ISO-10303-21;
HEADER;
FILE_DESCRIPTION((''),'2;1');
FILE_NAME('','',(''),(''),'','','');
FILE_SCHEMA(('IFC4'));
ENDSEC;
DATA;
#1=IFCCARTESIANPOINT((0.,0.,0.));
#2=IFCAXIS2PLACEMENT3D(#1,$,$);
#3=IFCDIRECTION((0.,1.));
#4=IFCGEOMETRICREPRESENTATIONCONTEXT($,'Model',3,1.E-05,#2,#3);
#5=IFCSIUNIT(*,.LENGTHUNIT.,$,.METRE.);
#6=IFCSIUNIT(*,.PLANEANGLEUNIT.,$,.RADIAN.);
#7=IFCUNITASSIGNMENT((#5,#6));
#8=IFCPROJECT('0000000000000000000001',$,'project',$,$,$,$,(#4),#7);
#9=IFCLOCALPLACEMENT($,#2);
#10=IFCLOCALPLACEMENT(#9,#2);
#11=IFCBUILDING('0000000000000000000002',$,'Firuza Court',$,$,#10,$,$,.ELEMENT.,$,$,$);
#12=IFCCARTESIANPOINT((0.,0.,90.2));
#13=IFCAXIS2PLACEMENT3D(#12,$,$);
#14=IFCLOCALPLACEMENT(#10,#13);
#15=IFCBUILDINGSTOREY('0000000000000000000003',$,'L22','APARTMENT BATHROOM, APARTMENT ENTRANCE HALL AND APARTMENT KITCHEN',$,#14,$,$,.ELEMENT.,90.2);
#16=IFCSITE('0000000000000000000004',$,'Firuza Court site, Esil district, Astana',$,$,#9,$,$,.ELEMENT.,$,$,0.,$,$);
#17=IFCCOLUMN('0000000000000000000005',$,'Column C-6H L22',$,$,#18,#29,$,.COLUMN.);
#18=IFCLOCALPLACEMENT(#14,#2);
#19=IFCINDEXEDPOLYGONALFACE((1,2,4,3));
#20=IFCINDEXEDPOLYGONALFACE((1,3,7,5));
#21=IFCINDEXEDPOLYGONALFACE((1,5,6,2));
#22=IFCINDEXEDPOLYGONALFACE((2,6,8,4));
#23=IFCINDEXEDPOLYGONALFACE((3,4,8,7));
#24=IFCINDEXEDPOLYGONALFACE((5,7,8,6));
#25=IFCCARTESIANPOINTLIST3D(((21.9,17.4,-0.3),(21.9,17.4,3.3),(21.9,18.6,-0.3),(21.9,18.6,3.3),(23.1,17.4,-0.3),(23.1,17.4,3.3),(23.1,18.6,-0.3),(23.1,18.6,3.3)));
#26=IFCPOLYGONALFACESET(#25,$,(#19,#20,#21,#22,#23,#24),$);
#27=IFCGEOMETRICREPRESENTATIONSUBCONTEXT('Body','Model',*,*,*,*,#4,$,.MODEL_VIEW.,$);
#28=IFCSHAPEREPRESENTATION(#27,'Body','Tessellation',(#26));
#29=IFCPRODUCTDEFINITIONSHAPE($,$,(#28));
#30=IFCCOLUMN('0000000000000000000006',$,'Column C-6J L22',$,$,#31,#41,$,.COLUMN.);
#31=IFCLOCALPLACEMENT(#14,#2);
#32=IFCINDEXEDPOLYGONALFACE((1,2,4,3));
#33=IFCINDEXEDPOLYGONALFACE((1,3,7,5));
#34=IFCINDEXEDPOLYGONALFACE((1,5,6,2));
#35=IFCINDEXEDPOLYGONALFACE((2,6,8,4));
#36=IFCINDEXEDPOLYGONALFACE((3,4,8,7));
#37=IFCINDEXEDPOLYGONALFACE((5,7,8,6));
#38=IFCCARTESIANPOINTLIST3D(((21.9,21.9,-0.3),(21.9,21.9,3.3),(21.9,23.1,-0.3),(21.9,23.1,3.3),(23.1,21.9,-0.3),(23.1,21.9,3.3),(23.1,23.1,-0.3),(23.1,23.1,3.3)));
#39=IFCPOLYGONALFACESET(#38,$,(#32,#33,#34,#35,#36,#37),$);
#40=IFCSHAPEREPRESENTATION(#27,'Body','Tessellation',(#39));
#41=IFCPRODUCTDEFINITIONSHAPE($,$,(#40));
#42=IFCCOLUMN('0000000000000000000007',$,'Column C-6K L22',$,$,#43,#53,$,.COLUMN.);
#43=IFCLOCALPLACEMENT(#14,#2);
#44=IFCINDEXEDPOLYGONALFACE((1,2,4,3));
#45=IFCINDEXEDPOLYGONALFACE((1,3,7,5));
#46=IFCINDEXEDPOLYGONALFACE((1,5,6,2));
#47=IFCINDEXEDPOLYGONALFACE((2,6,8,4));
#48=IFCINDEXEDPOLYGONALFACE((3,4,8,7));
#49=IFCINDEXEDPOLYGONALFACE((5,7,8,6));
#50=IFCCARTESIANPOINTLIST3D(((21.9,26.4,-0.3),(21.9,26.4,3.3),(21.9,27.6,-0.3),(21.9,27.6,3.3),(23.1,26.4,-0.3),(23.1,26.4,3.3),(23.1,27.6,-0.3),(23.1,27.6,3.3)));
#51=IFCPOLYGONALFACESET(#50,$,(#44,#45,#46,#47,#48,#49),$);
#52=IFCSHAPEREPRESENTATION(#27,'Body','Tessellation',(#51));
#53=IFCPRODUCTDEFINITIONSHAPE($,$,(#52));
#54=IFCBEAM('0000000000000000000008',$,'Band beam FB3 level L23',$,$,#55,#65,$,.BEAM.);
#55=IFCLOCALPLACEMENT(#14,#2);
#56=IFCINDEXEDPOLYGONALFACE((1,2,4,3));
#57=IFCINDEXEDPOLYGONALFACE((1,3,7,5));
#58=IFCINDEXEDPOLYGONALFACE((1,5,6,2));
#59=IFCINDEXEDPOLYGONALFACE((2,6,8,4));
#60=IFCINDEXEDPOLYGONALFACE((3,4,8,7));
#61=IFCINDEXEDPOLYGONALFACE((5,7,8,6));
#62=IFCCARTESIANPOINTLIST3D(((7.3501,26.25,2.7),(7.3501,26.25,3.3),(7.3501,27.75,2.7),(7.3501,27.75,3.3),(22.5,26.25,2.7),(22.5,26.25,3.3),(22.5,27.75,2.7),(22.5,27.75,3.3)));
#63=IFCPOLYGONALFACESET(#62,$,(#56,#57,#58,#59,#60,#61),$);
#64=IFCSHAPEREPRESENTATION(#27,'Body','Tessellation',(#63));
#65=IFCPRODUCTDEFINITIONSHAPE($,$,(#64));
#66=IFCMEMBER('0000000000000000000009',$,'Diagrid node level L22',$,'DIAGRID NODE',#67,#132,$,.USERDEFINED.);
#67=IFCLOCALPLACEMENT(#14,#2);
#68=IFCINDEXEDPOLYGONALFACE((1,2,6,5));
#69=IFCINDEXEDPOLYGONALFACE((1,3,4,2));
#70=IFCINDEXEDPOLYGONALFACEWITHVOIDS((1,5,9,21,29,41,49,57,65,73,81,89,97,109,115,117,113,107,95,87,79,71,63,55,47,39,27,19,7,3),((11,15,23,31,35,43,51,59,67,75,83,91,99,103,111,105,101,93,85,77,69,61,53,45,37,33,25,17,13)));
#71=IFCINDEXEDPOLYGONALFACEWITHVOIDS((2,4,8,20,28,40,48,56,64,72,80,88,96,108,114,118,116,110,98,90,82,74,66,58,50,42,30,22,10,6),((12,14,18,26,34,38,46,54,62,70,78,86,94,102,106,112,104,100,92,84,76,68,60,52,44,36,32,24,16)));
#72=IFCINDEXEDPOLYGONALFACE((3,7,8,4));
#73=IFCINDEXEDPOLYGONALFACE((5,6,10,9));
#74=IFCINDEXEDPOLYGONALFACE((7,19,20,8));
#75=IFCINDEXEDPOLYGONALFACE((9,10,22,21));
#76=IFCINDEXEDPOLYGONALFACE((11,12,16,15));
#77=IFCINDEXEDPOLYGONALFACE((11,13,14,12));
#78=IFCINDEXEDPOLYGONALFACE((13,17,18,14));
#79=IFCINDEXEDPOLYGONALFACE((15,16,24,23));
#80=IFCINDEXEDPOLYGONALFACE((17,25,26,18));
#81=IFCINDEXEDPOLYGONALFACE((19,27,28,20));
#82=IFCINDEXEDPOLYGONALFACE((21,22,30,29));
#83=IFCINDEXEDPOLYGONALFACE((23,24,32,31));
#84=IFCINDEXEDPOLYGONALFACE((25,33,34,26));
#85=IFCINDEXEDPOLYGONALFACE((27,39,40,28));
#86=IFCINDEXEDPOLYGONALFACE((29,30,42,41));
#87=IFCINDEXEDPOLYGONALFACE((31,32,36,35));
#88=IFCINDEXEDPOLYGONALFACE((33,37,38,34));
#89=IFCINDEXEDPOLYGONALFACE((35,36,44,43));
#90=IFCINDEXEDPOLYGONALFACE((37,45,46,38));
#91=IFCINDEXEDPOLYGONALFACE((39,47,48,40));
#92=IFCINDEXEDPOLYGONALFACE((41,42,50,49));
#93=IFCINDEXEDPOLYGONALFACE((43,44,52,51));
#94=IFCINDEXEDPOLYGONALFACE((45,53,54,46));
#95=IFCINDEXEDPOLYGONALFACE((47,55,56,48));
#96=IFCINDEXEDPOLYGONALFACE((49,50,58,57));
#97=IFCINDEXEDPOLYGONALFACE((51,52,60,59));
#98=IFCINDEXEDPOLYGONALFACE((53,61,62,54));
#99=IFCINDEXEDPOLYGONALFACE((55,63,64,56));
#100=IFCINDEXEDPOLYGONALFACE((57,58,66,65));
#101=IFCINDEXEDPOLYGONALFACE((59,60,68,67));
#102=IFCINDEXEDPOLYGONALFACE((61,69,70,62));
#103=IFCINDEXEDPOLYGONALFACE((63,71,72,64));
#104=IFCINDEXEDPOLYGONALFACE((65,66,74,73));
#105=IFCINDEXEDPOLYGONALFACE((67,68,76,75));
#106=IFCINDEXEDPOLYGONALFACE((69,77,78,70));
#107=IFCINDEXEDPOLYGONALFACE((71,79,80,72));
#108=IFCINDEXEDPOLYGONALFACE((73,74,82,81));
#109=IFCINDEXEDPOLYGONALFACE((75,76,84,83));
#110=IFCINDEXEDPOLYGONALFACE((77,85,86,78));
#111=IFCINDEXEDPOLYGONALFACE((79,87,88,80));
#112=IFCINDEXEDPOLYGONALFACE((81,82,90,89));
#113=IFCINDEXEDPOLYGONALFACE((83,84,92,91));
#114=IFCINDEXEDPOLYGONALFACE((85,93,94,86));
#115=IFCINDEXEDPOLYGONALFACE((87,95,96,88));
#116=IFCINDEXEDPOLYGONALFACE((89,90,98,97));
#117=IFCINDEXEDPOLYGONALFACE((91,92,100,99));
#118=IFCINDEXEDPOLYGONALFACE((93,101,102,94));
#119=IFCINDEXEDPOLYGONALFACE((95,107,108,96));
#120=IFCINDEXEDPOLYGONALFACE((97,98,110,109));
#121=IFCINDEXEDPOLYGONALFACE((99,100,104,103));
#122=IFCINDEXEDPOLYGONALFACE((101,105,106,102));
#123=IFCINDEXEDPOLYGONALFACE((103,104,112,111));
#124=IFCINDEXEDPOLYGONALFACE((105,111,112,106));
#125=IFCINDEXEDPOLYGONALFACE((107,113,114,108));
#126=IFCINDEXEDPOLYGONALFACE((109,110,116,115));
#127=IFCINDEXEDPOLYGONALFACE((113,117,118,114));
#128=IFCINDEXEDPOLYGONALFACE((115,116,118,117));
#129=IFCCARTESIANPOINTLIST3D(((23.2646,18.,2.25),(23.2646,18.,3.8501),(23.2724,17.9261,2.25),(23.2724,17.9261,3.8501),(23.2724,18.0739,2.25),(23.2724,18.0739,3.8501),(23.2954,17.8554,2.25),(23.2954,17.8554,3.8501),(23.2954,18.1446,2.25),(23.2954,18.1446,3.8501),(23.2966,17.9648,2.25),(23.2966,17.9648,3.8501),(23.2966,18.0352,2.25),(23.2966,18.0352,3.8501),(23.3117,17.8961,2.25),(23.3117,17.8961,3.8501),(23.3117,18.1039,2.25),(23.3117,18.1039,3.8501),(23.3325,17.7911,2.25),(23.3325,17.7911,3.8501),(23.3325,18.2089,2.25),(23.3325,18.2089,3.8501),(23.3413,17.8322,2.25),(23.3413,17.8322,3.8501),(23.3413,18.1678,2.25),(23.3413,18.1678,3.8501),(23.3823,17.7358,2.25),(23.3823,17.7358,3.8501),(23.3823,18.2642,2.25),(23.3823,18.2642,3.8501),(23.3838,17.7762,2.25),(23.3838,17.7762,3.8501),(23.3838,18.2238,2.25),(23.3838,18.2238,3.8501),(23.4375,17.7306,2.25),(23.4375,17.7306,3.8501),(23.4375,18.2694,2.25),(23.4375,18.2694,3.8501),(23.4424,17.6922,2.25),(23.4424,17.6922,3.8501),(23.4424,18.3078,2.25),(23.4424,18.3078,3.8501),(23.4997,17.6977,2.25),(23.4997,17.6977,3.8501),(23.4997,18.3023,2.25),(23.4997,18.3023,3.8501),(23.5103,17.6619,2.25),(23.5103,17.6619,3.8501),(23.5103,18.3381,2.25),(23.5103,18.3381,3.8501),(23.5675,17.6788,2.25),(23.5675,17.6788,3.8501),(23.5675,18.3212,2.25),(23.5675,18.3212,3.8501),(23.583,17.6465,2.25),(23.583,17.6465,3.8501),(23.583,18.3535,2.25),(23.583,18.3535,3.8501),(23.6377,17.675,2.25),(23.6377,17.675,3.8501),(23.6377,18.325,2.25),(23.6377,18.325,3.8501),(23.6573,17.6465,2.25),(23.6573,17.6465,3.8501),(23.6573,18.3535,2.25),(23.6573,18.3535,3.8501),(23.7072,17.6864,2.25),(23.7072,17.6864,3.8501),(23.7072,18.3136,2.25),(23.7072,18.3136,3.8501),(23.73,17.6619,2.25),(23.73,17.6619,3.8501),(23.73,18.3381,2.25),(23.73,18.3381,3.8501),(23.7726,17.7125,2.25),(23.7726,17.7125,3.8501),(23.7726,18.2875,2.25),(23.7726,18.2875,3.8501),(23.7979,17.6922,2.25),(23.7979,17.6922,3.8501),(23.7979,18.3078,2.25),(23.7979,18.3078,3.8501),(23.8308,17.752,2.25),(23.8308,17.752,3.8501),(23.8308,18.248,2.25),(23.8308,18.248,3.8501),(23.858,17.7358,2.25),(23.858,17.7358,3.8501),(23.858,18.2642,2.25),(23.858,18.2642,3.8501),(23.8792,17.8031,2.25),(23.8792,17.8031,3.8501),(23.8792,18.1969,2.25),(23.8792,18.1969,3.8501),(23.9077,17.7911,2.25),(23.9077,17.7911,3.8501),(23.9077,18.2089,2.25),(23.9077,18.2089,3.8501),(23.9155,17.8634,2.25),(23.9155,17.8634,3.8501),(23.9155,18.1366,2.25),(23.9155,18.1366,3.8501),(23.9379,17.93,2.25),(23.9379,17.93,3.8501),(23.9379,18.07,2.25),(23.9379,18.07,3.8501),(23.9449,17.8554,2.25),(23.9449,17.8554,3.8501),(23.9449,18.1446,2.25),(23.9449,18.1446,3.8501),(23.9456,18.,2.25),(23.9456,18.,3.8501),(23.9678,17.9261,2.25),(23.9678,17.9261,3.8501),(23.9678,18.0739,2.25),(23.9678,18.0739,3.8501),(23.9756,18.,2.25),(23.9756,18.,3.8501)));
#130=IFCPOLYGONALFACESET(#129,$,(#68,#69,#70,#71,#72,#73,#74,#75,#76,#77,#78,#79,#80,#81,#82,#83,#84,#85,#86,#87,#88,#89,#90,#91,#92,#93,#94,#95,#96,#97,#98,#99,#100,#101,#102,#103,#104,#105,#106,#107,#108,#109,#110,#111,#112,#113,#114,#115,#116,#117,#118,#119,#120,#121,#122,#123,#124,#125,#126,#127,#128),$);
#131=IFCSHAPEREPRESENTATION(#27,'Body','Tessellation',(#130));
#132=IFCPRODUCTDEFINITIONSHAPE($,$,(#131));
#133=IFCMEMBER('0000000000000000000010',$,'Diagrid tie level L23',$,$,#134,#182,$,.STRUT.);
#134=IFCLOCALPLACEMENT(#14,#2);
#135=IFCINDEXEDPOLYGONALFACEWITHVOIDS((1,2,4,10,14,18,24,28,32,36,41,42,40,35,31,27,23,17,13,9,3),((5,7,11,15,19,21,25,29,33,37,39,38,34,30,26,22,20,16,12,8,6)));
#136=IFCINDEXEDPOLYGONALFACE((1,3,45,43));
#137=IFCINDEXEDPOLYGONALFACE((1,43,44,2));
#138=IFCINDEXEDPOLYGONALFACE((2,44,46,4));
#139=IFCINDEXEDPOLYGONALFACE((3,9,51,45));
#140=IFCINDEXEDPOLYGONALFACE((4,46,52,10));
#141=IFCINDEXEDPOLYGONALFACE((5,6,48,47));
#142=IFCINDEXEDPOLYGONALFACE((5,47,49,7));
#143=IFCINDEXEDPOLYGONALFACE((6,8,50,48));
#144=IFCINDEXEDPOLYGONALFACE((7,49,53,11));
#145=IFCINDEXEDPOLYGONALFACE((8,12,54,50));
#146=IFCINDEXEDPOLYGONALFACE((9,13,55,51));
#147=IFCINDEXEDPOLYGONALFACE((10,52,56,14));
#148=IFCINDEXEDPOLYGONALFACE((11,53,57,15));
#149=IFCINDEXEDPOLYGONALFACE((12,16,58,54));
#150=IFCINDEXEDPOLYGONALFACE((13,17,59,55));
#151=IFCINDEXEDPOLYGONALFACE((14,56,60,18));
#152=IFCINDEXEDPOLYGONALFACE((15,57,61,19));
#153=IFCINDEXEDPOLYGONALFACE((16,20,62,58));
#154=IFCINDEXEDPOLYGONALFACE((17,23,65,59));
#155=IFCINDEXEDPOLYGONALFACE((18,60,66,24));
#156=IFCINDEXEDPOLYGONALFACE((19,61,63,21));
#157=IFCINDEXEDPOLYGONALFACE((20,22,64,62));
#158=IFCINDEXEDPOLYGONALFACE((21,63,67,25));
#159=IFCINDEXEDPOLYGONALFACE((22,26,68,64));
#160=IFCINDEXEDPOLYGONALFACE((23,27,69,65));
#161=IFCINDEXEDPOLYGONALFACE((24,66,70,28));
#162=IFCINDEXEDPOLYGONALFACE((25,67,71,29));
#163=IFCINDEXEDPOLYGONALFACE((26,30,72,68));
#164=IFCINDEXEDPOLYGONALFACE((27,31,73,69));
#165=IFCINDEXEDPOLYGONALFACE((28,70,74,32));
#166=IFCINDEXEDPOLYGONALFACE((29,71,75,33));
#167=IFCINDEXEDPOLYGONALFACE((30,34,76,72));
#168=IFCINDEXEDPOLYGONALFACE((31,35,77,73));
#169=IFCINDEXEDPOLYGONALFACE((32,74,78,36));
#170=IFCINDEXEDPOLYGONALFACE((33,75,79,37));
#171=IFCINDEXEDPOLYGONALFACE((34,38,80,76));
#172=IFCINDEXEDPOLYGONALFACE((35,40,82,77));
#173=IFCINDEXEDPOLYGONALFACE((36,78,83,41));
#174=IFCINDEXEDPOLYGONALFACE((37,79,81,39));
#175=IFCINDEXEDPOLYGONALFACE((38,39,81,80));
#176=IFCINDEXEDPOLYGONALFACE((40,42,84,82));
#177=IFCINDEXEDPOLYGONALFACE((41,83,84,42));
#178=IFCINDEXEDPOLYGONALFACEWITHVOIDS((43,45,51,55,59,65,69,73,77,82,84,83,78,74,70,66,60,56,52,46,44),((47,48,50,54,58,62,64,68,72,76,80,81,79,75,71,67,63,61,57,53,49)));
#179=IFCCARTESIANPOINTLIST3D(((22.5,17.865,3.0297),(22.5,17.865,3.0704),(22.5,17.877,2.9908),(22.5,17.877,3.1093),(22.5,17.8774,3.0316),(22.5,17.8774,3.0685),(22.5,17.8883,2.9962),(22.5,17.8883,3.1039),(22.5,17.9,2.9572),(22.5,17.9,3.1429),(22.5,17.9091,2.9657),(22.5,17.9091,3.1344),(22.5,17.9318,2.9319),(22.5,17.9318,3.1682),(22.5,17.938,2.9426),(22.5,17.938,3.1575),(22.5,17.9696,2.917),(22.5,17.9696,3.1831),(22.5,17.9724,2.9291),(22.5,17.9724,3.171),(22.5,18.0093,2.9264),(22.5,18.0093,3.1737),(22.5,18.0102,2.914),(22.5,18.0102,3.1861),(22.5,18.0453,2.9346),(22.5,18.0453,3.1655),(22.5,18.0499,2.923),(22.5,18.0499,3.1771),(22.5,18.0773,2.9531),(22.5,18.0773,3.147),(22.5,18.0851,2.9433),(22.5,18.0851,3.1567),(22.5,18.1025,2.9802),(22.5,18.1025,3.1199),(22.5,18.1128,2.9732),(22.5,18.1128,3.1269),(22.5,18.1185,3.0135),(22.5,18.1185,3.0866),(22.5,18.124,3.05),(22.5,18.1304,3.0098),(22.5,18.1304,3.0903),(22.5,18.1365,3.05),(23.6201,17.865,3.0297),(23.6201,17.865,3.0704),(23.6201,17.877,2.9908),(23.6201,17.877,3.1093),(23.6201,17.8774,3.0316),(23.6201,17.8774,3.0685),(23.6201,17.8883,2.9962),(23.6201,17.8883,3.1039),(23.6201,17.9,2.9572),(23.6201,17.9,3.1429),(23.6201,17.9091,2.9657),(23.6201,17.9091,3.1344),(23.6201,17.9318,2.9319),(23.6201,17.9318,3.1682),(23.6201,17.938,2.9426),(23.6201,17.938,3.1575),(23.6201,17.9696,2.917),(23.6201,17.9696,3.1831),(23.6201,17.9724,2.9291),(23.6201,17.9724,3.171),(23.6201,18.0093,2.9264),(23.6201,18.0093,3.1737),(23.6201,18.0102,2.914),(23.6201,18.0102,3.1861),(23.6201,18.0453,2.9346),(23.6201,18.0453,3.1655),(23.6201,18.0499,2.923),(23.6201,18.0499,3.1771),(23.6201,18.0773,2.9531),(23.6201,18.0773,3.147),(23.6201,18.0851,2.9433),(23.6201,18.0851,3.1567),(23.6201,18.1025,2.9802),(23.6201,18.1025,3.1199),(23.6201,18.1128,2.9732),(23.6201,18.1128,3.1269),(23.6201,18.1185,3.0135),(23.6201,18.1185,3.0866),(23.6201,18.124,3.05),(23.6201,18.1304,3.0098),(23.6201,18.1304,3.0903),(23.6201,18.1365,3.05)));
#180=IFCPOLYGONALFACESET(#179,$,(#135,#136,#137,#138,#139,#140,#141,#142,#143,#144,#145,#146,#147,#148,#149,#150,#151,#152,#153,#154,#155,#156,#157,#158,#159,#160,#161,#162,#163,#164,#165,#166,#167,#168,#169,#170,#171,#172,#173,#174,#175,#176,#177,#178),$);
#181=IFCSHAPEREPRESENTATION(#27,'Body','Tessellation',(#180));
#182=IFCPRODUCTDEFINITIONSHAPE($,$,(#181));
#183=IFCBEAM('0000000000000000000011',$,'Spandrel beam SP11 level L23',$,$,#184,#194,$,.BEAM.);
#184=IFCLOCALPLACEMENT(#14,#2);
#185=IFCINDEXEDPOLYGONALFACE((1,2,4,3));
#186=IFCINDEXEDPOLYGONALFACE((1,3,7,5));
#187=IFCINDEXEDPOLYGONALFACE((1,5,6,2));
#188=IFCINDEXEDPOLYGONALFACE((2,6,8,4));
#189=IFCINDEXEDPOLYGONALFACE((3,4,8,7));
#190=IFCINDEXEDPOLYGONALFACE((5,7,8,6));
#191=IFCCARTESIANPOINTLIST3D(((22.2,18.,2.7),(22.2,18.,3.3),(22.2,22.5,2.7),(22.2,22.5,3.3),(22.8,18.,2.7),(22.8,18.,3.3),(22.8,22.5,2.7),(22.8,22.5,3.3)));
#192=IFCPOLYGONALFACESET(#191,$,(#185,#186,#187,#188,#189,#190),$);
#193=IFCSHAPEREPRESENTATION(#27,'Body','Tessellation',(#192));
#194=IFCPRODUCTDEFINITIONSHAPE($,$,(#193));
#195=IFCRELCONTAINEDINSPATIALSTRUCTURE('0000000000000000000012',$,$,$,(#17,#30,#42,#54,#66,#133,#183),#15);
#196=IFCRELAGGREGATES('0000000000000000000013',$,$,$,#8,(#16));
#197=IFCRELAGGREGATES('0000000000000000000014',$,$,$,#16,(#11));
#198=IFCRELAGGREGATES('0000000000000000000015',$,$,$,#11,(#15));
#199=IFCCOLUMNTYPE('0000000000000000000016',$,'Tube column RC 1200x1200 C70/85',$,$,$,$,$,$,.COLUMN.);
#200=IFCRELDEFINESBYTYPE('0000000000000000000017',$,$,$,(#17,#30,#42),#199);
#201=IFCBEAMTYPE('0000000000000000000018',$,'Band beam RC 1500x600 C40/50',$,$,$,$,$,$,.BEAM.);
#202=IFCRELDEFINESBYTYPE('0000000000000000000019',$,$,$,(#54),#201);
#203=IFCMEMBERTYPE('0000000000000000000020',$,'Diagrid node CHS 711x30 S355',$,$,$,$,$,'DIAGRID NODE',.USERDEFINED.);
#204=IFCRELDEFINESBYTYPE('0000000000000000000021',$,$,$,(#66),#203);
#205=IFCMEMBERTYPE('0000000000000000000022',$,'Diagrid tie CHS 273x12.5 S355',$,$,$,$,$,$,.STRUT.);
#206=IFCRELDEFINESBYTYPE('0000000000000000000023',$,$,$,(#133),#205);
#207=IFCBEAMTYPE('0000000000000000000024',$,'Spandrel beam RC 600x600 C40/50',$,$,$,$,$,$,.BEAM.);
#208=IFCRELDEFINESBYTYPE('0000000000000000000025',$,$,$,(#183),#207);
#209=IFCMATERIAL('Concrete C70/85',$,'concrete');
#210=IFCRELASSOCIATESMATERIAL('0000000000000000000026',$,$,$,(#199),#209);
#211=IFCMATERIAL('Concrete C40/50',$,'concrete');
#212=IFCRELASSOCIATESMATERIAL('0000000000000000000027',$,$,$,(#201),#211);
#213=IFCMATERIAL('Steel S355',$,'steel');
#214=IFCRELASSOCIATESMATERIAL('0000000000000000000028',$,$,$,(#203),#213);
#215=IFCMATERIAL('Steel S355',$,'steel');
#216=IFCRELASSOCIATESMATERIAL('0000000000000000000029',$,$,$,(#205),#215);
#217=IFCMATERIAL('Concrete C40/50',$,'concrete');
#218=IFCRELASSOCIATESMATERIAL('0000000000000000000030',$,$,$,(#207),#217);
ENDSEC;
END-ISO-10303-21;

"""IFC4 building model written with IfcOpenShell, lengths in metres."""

from ifc_helpers import new_model, si_unit, direction, frame, origin, origin_2d, place, context, subcontext, project, spatial, rectangle, hollow_circle, extrude, material, material_profile, profile_set, type_object, element, save


model = new_model("IFC4")

# Units and contexts
model_context = context("Model", 3, precision=1e-05, world=origin(), true_north=direction((0.0, 1.0)))
body_context = subcontext(model_context, "Body", "Model", "MODEL_VIEW")
ifc_project = project(units=[si_unit("LENGTHUNIT", "METRE"), si_unit("PLANEANGLEUNIT", "RADIAN")], contexts=[model_context])

# Site, building, storey
site_placement = place(None, origin())
site = spatial("IfcSite", under=ifc_project, at=site_placement, Name="Firuza Court site, Esil district, Astana", CompositionType="ELEMENT", RefElevation=0.0)
building_placement = place(site_placement, origin())
building = spatial("IfcBuilding", under=site, at=building_placement, Name="Firuza Court", CompositionType="ELEMENT")
storey_placement = place(building_placement, frame((0.0, 0.0, 90.2)))
storey = spatial("IfcBuildingStorey", under=building, at=storey_placement, Name="L22", Description="APARTMENT BATHROOM, APARTMENT ENTRANCE HALL AND APARTMENT KITCHEN", CompositionType="ELEMENT", Elevation=90.2)

# Columns
ifc_material_1 = material(Name="Concrete C70/85", Category="concrete")
ifc_material_profile_1 = material_profile(ifc_material_1, rectangle(XDim=1.2, YDim=1.2, at=origin_2d()), Name="RC 1200x1200")
ifc_profile_set_1 = profile_set([ifc_material_profile_1], Name="Concrete C70/85")
column_type = type_object("IfcColumnType", Name="Tube column RC 1200x1200 C70/85", PredefinedType="COLUMN", material=ifc_profile_set_1)
for number, where, z_axis, x_axis, name in (
    (1, (22.5, 18.0, -0.3), (0.0, 0.0, 1.0), (1.0, 0.0, 0.0), "Column C-6H L22"),
    (2, (22.5, 22.5, -0.3), (0.0, 0.0, 1.0), (1.0, 0.0, 0.0), "Column C-6J L22"),
    (3, (22.5, 27.0, -0.3), (0.0, 0.0, 1.0), (1.0, 0.0, 0.0), "Column C-6K L22"),
):
    element("IfcColumn", number, at=place(storey_placement, frame(where, z_axis=z_axis, x_axis=x_axis)), inside=storey, type_object=column_type, Name=name, PredefinedType="COLUMN", context=body_context, shape_type="SweptSolid", body=[
        extrude(rectangle(XDim=1.2, YDim=1.2, at=origin_2d()), origin(), (0.0, 0.0, 1.0), 3.6001),
    ])

# Beam
ifc_material_2 = material(Name="Concrete C40/50", Category="concrete")
ifc_material_profile_2 = material_profile(ifc_material_2, rectangle(XDim=1.5, YDim=0.6001, at=origin_2d()), Name="RC 1500x600")
ifc_profile_set_2 = profile_set([ifc_material_profile_2], Name="Concrete C40/50")
beam_type_1 = type_object("IfcBeamType", Name="Band beam RC 1500x600 C40/50", PredefinedType="BEAM", material=ifc_profile_set_2)
beam_placement = place(storey_placement, frame((22.5, 27.0, 3.0), z_axis=(-1.0, 0.0, 0.0), x_axis=(0.0, -1.0, 0.0)))
element("IfcBeam", 4, at=beam_placement, inside=storey, type_object=beam_type_1, Name="Band beam FB3 level L23", PredefinedType="BEAM", context=body_context, shape_type="SweptSolid", body=[
    extrude(rectangle(XDim=1.5, YDim=0.6001, at=origin_2d()), origin(), (0.0, 0.0, 1.0), 15.1499),
])

# Members
ifc_material_3 = material(Name="Steel S355", Category="steel")
ifc_material_profile_3 = material_profile(ifc_material_3, hollow_circle(Radius=0.3555, WallThickness=0.03, at=origin_2d()), Name="CHS 711x30")
ifc_profile_set_3 = profile_set([ifc_material_profile_3], Name="Steel S355")
member_type_1 = type_object("IfcMemberType", Name="Diagrid node CHS 711x30 S355", ElementType="DIAGRID NODE", PredefinedType="USERDEFINED", material=ifc_profile_set_3)
member_1_placement = place(storey_placement, frame((23.6201, 18.0, 2.25), z_axis=(0.0, 0.0, 1.0), x_axis=(1.0, 0.0, 0.0)))
element("IfcMember", 5, at=member_1_placement, inside=storey, type_object=member_type_1, Name="Diagrid node level L22", ObjectType="DIAGRID NODE", PredefinedType="USERDEFINED", context=body_context, shape_type="SweptSolid", body=[
    extrude(hollow_circle(Radius=0.3555, WallThickness=0.03, at=origin_2d()), origin(), (0.0, 0.0, 1.0), 1.6001),
])
ifc_material_4 = material(Name="Steel S355", Category="steel")
ifc_material_profile_4 = material_profile(ifc_material_4, hollow_circle(Radius=0.1365, WallThickness=0.0125, at=origin_2d()), Name="CHS 273x12.5")
ifc_profile_set_4 = profile_set([ifc_material_profile_4], Name="Steel S355")
member_type_2 = type_object("IfcMemberType", Name="Diagrid tie CHS 273x12.5 S355", PredefinedType="STRUT", material=ifc_profile_set_4)
member_2_placement = place(storey_placement, frame((22.5, 18.0, 3.05), z_axis=(1.0, 0.0, 0.0), x_axis=(0.0, 1.0, 0.0)))
element("IfcMember", 6, at=member_2_placement, inside=storey, type_object=member_type_2, Name="Diagrid tie level L23", PredefinedType="STRUT", context=body_context, shape_type="SweptSolid", body=[
    extrude(hollow_circle(Radius=0.1365, WallThickness=0.0125, at=origin_2d()), origin(), (0.0, 0.0, 1.0), 1.1201),
])

# Beam
ifc_material_5 = material(Name="Concrete C40/50", Category="concrete")
ifc_material_profile_5 = material_profile(ifc_material_5, rectangle(XDim=0.6001, YDim=0.6001, at=origin_2d()), Name="RC 600x600")
ifc_profile_set_5 = profile_set([ifc_material_profile_5], Name="Concrete C40/50")
beam_type_2 = type_object("IfcBeamType", Name="Spandrel beam RC 600x600 C40/50", PredefinedType="BEAM", material=ifc_profile_set_5)
for number, where, z_axis, x_axis, name in (
    (7, (22.5, 18.0, 3.0), (0.0, 1.0, 0.0), (-1.0, 0.0, 0.0), "Spandrel beam SP11 level L23"),
):
    element("IfcBeam", number, at=place(storey_placement, frame(where, z_axis=z_axis, x_axis=x_axis)), inside=storey, type_object=beam_type_2, Name=name, PredefinedType="BEAM", context=body_context, shape_type="SweptSolid", body=[
        extrude(rectangle(XDim=0.6001, YDim=0.6001, at=origin_2d()), origin(), (0.0, 0.0, 1.0), 4.5),
    ])

save(model, "model.ifc")
